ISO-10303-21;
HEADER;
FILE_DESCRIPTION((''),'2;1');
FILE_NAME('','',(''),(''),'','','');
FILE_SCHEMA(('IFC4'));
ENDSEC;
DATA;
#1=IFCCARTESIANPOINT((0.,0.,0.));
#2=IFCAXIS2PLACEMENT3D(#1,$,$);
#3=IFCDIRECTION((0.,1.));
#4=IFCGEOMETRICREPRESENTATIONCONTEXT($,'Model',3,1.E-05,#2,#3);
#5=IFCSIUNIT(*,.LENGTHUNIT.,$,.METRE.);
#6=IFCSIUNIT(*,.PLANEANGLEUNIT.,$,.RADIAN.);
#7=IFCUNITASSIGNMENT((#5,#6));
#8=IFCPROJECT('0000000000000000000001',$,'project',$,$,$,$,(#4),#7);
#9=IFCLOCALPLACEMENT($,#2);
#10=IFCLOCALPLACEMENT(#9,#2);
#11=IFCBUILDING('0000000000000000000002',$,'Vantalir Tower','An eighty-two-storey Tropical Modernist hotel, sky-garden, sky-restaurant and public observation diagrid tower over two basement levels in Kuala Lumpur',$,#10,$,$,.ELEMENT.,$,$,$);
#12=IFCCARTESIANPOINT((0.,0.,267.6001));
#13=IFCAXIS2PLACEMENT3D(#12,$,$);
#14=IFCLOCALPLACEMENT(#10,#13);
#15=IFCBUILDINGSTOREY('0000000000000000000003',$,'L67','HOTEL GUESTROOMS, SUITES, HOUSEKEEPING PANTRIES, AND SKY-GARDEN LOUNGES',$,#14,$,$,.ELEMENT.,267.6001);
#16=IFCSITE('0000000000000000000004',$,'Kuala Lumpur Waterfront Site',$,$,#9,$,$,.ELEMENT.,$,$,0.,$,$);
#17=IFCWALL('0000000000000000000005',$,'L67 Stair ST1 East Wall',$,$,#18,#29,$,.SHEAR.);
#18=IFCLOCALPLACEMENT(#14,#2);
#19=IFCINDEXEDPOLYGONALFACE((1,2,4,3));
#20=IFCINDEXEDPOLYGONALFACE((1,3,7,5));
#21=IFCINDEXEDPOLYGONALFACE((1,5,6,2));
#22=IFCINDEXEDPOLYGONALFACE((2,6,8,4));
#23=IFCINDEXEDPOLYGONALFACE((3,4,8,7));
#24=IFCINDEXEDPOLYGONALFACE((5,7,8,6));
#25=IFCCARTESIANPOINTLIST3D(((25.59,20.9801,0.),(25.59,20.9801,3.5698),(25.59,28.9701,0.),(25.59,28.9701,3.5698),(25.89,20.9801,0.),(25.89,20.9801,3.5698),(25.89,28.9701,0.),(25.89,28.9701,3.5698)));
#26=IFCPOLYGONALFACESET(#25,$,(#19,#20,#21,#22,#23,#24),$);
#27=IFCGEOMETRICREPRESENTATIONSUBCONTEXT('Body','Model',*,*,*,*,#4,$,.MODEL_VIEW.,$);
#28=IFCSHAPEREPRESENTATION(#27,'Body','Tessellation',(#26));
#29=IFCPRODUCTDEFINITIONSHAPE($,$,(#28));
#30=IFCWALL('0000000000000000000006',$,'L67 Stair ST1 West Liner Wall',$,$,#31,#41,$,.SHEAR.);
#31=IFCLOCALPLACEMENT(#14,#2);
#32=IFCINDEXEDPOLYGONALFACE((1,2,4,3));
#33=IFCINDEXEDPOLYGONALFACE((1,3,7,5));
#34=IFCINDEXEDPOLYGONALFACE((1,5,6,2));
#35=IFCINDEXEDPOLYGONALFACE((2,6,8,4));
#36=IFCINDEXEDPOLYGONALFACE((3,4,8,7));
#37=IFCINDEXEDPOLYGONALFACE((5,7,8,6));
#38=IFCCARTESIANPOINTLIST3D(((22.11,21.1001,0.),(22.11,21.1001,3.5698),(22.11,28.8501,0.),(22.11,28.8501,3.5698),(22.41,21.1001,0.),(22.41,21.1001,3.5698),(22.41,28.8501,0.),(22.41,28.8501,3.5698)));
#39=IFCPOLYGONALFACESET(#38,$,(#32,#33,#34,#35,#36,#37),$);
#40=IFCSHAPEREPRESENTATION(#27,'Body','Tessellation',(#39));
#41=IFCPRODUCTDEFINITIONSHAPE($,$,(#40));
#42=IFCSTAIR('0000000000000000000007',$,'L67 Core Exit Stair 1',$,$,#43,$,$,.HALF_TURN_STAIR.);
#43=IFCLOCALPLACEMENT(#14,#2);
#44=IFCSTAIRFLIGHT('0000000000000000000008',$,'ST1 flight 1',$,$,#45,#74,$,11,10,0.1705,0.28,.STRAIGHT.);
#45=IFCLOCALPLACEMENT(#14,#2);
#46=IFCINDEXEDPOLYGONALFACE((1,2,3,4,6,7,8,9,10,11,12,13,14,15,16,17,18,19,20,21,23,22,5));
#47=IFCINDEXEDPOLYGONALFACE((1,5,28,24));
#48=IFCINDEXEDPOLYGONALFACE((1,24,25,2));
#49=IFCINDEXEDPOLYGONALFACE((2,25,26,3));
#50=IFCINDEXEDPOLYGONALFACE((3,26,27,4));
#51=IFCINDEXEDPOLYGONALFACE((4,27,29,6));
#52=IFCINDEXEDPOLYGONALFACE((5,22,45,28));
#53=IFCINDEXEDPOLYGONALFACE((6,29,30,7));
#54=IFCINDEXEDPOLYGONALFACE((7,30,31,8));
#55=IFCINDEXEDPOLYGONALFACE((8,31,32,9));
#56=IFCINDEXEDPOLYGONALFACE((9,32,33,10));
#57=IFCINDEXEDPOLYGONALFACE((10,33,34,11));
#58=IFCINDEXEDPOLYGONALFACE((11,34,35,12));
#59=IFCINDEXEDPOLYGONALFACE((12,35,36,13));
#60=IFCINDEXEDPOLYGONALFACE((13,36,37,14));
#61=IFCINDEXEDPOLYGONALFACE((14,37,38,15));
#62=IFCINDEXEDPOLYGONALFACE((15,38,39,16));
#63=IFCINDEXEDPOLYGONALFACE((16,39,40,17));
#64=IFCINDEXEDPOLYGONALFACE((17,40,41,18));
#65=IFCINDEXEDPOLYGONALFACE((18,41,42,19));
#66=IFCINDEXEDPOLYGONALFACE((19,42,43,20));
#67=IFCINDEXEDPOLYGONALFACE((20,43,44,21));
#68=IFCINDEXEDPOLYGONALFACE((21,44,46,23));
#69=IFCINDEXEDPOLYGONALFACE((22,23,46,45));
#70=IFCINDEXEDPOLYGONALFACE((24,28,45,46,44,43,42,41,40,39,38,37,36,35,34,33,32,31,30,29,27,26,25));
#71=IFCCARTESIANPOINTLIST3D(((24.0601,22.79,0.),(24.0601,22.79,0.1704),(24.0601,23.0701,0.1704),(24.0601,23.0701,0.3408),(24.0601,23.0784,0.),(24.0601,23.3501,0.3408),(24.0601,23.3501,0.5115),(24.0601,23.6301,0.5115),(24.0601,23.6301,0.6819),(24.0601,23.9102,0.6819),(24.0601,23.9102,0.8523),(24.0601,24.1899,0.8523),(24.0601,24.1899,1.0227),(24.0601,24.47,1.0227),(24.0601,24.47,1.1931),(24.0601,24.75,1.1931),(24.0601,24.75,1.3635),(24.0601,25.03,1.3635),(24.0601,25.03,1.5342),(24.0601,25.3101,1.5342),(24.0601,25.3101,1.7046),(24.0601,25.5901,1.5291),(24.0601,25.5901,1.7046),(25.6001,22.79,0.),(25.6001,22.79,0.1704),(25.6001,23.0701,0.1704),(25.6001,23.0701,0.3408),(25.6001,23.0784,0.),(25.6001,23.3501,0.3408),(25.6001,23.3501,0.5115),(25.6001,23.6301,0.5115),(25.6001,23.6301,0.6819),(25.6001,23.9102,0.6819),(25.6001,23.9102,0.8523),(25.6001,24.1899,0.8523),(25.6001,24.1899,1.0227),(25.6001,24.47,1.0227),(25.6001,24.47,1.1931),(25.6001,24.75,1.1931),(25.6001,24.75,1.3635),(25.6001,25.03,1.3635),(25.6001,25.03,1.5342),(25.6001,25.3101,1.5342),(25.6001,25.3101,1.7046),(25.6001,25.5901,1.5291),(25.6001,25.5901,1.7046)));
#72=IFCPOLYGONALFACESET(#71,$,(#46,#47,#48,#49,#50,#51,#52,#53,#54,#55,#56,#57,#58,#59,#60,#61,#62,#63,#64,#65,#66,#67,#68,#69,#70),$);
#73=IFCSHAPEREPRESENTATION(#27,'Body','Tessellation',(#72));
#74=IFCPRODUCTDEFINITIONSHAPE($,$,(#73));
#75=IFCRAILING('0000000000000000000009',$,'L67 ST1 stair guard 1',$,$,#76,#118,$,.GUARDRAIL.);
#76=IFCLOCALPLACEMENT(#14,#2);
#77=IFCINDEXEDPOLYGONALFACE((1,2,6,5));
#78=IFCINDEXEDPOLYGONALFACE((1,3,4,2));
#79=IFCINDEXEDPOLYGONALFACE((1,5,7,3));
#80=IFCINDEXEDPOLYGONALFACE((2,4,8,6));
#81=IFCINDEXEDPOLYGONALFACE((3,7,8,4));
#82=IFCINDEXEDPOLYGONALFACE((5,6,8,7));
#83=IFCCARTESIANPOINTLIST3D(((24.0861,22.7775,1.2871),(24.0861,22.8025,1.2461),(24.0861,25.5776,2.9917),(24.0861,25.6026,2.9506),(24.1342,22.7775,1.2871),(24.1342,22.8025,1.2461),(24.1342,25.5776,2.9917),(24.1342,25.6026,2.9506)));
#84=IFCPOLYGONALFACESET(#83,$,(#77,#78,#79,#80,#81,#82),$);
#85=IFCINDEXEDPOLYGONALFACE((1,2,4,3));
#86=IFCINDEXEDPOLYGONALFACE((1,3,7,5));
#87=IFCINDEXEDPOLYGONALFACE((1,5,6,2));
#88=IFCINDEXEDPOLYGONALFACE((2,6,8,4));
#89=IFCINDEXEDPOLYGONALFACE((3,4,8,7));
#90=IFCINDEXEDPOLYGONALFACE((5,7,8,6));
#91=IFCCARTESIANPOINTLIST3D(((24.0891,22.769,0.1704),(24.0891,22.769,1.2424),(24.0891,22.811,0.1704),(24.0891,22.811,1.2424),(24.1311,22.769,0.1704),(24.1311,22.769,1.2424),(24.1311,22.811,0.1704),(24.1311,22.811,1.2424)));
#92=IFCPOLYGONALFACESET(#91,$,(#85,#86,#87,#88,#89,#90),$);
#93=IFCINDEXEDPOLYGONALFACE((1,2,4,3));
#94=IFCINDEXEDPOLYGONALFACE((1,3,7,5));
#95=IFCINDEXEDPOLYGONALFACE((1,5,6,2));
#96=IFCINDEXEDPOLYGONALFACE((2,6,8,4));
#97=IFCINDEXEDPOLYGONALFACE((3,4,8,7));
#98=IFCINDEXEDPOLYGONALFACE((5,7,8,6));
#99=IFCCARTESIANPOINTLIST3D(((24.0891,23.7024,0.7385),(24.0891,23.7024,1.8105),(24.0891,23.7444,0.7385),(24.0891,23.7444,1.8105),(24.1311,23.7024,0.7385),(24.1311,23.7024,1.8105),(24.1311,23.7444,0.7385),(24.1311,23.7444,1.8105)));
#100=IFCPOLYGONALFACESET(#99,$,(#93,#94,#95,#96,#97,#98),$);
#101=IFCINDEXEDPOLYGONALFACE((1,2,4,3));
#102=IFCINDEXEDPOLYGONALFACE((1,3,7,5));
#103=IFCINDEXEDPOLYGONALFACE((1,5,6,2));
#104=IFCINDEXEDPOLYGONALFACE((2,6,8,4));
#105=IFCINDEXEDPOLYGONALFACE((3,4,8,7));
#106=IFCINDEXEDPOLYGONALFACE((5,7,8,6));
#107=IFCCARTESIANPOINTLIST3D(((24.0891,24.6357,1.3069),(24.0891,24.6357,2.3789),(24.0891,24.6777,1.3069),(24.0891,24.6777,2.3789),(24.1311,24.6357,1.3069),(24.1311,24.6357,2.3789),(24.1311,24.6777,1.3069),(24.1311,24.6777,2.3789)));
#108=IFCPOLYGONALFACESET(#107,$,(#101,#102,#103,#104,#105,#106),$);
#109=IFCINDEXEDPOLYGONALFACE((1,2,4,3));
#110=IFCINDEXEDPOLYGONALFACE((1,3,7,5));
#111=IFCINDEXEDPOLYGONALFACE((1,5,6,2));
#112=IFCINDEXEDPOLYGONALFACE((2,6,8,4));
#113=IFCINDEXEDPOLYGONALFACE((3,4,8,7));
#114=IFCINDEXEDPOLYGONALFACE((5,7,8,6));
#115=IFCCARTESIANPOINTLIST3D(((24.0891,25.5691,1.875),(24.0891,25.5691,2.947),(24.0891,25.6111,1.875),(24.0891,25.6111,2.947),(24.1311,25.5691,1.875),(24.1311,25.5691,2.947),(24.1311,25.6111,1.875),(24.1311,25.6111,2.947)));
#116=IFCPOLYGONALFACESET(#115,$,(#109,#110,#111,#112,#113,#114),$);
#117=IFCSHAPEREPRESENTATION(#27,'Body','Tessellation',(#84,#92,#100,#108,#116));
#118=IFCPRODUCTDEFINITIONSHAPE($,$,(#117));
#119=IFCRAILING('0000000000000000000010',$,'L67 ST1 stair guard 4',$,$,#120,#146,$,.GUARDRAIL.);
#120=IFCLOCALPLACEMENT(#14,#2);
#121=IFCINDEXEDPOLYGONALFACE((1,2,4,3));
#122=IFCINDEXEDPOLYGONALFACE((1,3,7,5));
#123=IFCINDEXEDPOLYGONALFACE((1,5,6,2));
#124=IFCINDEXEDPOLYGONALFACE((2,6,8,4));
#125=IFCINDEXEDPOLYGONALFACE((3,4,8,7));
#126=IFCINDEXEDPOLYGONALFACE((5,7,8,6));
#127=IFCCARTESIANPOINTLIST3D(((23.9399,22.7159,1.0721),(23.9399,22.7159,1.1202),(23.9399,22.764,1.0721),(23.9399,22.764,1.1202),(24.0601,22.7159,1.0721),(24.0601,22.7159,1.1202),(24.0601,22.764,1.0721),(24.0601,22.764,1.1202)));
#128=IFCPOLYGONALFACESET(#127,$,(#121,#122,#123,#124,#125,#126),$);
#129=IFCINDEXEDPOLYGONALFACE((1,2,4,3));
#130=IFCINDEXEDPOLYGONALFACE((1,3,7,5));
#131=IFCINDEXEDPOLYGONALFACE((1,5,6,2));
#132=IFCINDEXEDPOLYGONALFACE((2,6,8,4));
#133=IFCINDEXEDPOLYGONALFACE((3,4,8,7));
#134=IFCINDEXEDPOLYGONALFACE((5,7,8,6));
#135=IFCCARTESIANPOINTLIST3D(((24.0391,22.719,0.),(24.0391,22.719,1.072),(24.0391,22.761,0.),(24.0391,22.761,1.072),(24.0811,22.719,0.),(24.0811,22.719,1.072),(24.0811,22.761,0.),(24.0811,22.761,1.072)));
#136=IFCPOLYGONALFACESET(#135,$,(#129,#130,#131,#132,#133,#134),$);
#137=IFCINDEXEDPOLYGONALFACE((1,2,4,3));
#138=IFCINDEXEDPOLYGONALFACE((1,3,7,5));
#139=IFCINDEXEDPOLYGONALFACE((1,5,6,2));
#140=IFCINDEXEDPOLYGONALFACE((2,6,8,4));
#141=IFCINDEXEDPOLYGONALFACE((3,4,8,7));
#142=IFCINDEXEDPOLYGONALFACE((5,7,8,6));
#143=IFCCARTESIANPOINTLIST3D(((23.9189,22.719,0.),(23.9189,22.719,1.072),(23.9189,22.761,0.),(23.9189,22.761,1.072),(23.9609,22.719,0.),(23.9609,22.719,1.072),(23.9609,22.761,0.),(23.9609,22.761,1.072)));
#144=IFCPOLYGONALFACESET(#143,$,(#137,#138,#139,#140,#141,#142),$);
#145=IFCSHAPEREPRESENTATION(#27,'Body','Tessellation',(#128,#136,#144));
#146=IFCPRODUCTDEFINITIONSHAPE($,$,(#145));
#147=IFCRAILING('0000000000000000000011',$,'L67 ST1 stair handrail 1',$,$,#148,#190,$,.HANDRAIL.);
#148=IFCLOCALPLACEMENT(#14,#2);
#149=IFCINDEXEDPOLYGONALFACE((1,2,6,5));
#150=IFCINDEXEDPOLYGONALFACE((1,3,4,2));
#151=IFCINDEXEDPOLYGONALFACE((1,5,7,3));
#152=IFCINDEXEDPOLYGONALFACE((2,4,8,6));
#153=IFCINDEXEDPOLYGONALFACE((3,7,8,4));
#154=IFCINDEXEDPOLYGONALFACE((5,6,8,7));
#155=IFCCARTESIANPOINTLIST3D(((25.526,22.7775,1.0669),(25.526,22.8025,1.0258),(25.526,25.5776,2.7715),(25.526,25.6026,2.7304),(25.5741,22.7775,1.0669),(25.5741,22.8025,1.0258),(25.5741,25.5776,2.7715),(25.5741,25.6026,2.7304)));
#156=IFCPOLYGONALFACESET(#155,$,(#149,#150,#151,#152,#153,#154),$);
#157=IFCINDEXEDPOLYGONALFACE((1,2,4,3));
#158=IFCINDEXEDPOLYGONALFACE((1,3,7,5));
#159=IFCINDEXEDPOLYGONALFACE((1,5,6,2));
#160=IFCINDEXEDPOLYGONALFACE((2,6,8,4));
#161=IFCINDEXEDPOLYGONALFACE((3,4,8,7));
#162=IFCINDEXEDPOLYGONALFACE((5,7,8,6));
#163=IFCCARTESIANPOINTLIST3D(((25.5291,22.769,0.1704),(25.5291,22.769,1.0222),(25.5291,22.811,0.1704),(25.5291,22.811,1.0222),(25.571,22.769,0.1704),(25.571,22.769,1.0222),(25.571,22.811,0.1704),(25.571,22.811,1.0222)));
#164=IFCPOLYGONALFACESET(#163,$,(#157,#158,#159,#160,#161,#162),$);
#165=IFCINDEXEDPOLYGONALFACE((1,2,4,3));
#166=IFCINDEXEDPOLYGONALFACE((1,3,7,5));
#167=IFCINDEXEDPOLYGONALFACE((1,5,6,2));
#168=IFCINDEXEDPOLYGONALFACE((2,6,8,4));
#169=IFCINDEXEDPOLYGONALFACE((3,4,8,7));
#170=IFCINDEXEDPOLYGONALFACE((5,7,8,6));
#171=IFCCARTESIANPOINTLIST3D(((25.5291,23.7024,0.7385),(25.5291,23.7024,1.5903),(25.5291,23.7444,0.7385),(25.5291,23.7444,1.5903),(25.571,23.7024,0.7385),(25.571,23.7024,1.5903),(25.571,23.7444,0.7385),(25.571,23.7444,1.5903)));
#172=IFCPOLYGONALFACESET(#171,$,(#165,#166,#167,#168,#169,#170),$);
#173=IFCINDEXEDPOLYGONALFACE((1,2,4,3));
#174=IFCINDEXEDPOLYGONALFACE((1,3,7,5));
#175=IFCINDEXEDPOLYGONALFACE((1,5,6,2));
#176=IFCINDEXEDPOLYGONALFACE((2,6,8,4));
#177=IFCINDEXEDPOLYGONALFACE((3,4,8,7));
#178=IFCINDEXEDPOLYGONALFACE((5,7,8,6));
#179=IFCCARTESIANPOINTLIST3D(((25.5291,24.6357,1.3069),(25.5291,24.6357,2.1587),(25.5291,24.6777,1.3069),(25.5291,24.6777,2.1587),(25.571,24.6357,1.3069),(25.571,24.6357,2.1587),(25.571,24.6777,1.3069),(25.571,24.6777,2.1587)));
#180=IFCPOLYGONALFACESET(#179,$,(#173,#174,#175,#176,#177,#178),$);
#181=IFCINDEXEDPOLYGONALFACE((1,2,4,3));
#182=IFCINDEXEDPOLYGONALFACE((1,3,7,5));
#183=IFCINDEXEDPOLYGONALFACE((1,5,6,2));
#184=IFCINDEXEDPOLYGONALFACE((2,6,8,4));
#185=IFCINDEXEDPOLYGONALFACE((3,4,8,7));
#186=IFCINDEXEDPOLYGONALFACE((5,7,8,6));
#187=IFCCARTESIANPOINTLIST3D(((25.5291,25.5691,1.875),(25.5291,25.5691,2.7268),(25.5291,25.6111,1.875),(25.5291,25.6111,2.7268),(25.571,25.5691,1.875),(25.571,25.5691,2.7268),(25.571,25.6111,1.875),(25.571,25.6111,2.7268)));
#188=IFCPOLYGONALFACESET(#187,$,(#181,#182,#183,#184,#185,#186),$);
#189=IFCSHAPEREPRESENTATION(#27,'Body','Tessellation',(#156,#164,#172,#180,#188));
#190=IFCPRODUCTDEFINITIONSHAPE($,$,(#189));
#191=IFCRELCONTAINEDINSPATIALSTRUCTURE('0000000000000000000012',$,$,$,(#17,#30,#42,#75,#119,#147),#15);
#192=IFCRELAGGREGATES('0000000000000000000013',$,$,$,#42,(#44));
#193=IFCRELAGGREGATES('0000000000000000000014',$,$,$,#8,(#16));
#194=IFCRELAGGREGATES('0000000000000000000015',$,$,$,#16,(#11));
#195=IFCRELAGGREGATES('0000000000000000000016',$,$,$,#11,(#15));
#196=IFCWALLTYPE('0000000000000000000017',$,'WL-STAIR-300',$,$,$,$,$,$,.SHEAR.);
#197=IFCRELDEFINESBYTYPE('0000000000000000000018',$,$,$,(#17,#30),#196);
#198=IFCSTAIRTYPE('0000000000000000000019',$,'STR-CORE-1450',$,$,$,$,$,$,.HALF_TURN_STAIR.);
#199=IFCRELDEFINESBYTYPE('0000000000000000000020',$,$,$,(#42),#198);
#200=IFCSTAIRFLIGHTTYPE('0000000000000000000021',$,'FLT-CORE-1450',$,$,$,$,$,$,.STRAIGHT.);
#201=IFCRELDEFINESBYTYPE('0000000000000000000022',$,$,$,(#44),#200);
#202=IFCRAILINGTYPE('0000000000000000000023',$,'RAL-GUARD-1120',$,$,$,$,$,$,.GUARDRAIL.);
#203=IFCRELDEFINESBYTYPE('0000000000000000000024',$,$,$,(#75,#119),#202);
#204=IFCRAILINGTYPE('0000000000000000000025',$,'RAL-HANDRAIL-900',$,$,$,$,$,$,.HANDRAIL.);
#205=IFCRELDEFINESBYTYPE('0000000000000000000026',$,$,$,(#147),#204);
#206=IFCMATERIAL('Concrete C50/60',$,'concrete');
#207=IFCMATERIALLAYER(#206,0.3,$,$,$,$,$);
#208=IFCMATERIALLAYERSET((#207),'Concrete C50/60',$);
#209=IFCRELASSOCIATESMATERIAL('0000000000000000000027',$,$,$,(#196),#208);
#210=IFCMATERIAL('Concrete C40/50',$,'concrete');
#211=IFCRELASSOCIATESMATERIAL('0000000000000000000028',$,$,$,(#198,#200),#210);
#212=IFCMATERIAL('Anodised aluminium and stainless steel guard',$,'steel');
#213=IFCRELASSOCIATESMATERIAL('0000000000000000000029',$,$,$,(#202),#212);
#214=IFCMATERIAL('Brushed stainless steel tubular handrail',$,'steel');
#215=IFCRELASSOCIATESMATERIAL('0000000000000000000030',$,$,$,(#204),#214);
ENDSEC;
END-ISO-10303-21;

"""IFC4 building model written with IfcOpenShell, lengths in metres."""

from ifc_helpers import new_model, si_unit, direction, frame, frame_2d, origin, origin_2d, place, context, subcontext, project, spatial, polyline, rectangle, outline, extrude, material, layer, layer_set, type_object, element, aggregate, save


model = new_model("IFC4")

# Units and contexts
model_context = context("Model", 3, precision=1e-05, world=origin(), true_north=direction((0.0, 1.0)))
body_context = subcontext(model_context, "Body", "Model", "MODEL_VIEW")
ifc_project = project(units=[si_unit("LENGTHUNIT", "METRE"), si_unit("PLANEANGLEUNIT", "RADIAN")], contexts=[model_context])

# Site, building, storey
site_placement = place(None, origin())
site = spatial("IfcSite", under=ifc_project, at=site_placement, Name="Kuala Lumpur Waterfront Site", CompositionType="ELEMENT", RefElevation=0.0)
building_placement = place(site_placement, origin())
building = spatial("IfcBuilding", under=site, at=building_placement, Name="Vantalir Tower", Description="An eighty-two-storey Tropical Modernist hotel, sky-garden, sky-restaurant and public observation diagrid tower over two basement levels in Kuala Lumpur", CompositionType="ELEMENT")
storey_placement = place(building_placement, frame((0.0, 0.0, 267.6001)))
storey = spatial("IfcBuildingStorey", under=building, at=storey_placement, Name="L67", Description="HOTEL GUESTROOMS, SUITES, HOUSEKEEPING PANTRIES, AND SKY-GARDEN LOUNGES", CompositionType="ELEMENT", Elevation=267.6001)

# Shared definitions
ifc_material_1 = material(Name="Concrete C50/60", Category="concrete")

# Shared definitions
ifc_layer_1 = layer(ifc_material_1, 0.3)
ifc_layer_set_1 = layer_set([ifc_layer_1], Name="Concrete C50/60")
wall_type_1 = type_object("IfcWallType", Name="WL-STAIR-300", PredefinedType="SHEAR", material=ifc_layer_set_1)

# Walls
wall_1_placement = place(storey_placement, frame((25.74, 20.98, 0.0), z_axis=(0.0, 0.0, 1.0), x_axis=(0.0, 1.0, 0.0)))
element("IfcWall", 1, at=wall_1_placement, inside=storey, type_object=wall_type_1, Name="L67 Stair ST1 East Wall", PredefinedType="SHEAR", context=body_context, shape_type="SweptSolid", body=[
    extrude(rectangle(XDim=7.99, YDim=0.3, at=frame_2d((3.9951, 0.0))), origin(), (0.0, 0.0, 1.0), 3.5698),
])
wall_2_placement = place(storey_placement, frame((22.26, 21.1001, 0.0), z_axis=(0.0, 0.0, 1.0), x_axis=(0.0, 1.0, 0.0)))
element("IfcWall", 2, at=wall_2_placement, inside=storey, type_object=wall_type_1, Name="L67 Stair ST1 West Liner Wall", PredefinedType="SHEAR", context=body_context, shape_type="SweptSolid", body=[
    extrude(rectangle(XDim=7.75, YDim=0.3, at=frame_2d((3.875, 0.0))), origin(), (0.0, 0.0, 1.0), 3.5698),
])

# Stair, stair flight
ifc_material_2 = material(Name="Concrete C40/50", Category="concrete")
stair_type = type_object("IfcStairType", Name="STR-CORE-1450", PredefinedType="HALF_TURN_STAIR", material=ifc_material_2)
stair_placement = place(storey_placement, origin())
stair = element("IfcStair", 3, at=stair_placement, inside=storey, type_object=stair_type, Name="L67 Core Exit Stair 1", PredefinedType="HALF_TURN_STAIR")
stair_flight_type = type_object("IfcStairFlightType", Name="FLT-CORE-1450", PredefinedType="STRAIGHT", material=ifc_material_2)
stair_flight_placement = place(storey_placement, frame((24.8301, 22.79, 0.0), z_axis=(0.0, 0.0, 1.0), x_axis=(0.0, 1.0, 0.0)))
stair_flight = element("IfcStairFlight", 4, at=stair_flight_placement, type_object=stair_flight_type, Name="ST1 flight 1", NumberOfRisers=11, NumberOfTreads=10, PredefinedType="STRAIGHT", RiserHeight=0.1705, TreadLength=0.28, context=body_context, shape_type="SweptSolid", body=[
    extrude(outline(polyline([(0.0, 0.0), (0.0, 0.1704), (0.28, 0.1704), (0.28, 0.3408), (0.5601, 0.3408), (0.5601, 0.5115), (0.8401, 0.5115), (0.8401, 0.6819), (1.1201, 0.6819), (1.1201, 0.8523), (1.3999, 0.8523), (1.3999, 1.0227), (1.6799, 1.0227), (1.6799, 1.1931), (1.96, 1.1931), (1.96, 1.3635), (2.24, 1.3635), (2.24, 1.5342), (2.52, 1.5342), (2.52, 1.7046), (2.8, 1.7046), (2.8, 1.875), (2.8, 1.5291), (0.2883, 0.0), (0.0, 0.0)])), frame((0.0, 0.77, 0.0), z_axis=(0.0, -1.0, 0.0), x_axis=(1.0, 0.0, 0.0)), (0.0, 0.0, 1.0), 1.54),
])
aggregate(stair, [stair_flight])

# Railings
ifc_material_3 = material(Name="Anodised aluminium and stainless steel guard", Category="steel")
railing_type_1 = type_object("IfcRailingType", Name="RAL-GUARD-1120", PredefinedType="GUARDRAIL", material=ifc_material_3)
railing_1_placement = place(storey_placement, frame((24.1101, 22.79, 0.1704)))
element("IfcRailing", 5, at=railing_1_placement, inside=storey, type_object=railing_type_1, Name="L67 ST1 stair guard 1", PredefinedType="GUARDRAIL", context=body_context, shape_type="SweptSolid", body=[
    extrude(rectangle(XDim=0.0481, YDim=0.0481, at=origin_2d()), frame((0.0, 0.0, 1.0962), z_axis=(0.0, 0.85417, 0.519994), x_axis=(-1.0, 0.0, 0.0)), (0.0, 0.0, 1.0), 3.2781),
    extrude(rectangle(XDim=0.042, YDim=0.042, at=origin_2d()), origin(), (0.0, 0.0, 1.0), 1.072),
    extrude(rectangle(XDim=0.042, YDim=0.042, at=origin_2d()), frame((0.0, 0.9333, 0.5681)), (0.0, 0.0, 1.0), 1.072),
    extrude(rectangle(XDim=0.042, YDim=0.042, at=origin_2d()), frame((0.0, 1.8667, 1.1365)), (0.0, 0.0, 1.0), 1.072),
    extrude(rectangle(XDim=0.042, YDim=0.042, at=origin_2d()), frame((0.0, 2.8, 1.7046)), (0.0, 0.0, 1.0), 1.072),
])
railing_2_placement = place(storey_placement, frame((24.0601, 22.74, 0.0)))
element("IfcRailing", 6, at=railing_2_placement, inside=storey, type_object=railing_type_1, Name="L67 ST1 stair guard 4", PredefinedType="GUARDRAIL", context=body_context, shape_type="SweptSolid", body=[
    extrude(rectangle(XDim=0.0481, YDim=0.0481, at=origin_2d()), frame((0.0, 0.0, 1.0962), z_axis=(-1.0, 0.0, 0.0), x_axis=(0.0, -1.0, 0.0)), (0.0, 0.0, 1.0), 0.1201),
    extrude(rectangle(XDim=0.042, YDim=0.042, at=origin_2d()), origin(), (0.0, 0.0, 1.0), 1.072),
    extrude(rectangle(XDim=0.042, YDim=0.042, at=origin_2d()), frame((-0.1201, 0.0, 0.0)), (0.0, 0.0, 1.0), 1.072),
])
ifc_material_4 = material(Name="Brushed stainless steel tubular handrail", Category="steel")
railing_type_2 = type_object("IfcRailingType", Name="RAL-HANDRAIL-900", PredefinedType="HANDRAIL", material=ifc_material_4)
railing_3_placement = place(storey_placement, frame((25.55, 22.79, 0.1704)))
element("IfcRailing", 7, at=railing_3_placement, inside=storey, type_object=railing_type_2, Name="L67 ST1 stair handrail 1", PredefinedType="HANDRAIL", context=body_context, shape_type="SweptSolid", body=[
    extrude(rectangle(XDim=0.0481, YDim=0.0481, at=origin_2d()), frame((0.0, 0.0, 0.876), z_axis=(0.0, 0.85417, 0.519994), x_axis=(-1.0, 0.0, 0.0)), (0.0, 0.0, 1.0), 3.2781),
    extrude(rectangle(XDim=0.042, YDim=0.042, at=origin_2d()), origin(), (0.0, 0.0, 1.0), 0.8518),
    extrude(rectangle(XDim=0.042, YDim=0.042, at=origin_2d()), frame((0.0, 0.9333, 0.5681)), (0.0, 0.0, 1.0), 0.8518),
    extrude(rectangle(XDim=0.042, YDim=0.042, at=origin_2d()), frame((0.0, 1.8667, 1.1365)), (0.0, 0.0, 1.0), 0.8518),
    extrude(rectangle(XDim=0.042, YDim=0.042, at=origin_2d()), frame((0.0, 2.8, 1.7046)), (0.0, 0.0, 1.0), 0.8518),
])

save(model, "model.ifc")
